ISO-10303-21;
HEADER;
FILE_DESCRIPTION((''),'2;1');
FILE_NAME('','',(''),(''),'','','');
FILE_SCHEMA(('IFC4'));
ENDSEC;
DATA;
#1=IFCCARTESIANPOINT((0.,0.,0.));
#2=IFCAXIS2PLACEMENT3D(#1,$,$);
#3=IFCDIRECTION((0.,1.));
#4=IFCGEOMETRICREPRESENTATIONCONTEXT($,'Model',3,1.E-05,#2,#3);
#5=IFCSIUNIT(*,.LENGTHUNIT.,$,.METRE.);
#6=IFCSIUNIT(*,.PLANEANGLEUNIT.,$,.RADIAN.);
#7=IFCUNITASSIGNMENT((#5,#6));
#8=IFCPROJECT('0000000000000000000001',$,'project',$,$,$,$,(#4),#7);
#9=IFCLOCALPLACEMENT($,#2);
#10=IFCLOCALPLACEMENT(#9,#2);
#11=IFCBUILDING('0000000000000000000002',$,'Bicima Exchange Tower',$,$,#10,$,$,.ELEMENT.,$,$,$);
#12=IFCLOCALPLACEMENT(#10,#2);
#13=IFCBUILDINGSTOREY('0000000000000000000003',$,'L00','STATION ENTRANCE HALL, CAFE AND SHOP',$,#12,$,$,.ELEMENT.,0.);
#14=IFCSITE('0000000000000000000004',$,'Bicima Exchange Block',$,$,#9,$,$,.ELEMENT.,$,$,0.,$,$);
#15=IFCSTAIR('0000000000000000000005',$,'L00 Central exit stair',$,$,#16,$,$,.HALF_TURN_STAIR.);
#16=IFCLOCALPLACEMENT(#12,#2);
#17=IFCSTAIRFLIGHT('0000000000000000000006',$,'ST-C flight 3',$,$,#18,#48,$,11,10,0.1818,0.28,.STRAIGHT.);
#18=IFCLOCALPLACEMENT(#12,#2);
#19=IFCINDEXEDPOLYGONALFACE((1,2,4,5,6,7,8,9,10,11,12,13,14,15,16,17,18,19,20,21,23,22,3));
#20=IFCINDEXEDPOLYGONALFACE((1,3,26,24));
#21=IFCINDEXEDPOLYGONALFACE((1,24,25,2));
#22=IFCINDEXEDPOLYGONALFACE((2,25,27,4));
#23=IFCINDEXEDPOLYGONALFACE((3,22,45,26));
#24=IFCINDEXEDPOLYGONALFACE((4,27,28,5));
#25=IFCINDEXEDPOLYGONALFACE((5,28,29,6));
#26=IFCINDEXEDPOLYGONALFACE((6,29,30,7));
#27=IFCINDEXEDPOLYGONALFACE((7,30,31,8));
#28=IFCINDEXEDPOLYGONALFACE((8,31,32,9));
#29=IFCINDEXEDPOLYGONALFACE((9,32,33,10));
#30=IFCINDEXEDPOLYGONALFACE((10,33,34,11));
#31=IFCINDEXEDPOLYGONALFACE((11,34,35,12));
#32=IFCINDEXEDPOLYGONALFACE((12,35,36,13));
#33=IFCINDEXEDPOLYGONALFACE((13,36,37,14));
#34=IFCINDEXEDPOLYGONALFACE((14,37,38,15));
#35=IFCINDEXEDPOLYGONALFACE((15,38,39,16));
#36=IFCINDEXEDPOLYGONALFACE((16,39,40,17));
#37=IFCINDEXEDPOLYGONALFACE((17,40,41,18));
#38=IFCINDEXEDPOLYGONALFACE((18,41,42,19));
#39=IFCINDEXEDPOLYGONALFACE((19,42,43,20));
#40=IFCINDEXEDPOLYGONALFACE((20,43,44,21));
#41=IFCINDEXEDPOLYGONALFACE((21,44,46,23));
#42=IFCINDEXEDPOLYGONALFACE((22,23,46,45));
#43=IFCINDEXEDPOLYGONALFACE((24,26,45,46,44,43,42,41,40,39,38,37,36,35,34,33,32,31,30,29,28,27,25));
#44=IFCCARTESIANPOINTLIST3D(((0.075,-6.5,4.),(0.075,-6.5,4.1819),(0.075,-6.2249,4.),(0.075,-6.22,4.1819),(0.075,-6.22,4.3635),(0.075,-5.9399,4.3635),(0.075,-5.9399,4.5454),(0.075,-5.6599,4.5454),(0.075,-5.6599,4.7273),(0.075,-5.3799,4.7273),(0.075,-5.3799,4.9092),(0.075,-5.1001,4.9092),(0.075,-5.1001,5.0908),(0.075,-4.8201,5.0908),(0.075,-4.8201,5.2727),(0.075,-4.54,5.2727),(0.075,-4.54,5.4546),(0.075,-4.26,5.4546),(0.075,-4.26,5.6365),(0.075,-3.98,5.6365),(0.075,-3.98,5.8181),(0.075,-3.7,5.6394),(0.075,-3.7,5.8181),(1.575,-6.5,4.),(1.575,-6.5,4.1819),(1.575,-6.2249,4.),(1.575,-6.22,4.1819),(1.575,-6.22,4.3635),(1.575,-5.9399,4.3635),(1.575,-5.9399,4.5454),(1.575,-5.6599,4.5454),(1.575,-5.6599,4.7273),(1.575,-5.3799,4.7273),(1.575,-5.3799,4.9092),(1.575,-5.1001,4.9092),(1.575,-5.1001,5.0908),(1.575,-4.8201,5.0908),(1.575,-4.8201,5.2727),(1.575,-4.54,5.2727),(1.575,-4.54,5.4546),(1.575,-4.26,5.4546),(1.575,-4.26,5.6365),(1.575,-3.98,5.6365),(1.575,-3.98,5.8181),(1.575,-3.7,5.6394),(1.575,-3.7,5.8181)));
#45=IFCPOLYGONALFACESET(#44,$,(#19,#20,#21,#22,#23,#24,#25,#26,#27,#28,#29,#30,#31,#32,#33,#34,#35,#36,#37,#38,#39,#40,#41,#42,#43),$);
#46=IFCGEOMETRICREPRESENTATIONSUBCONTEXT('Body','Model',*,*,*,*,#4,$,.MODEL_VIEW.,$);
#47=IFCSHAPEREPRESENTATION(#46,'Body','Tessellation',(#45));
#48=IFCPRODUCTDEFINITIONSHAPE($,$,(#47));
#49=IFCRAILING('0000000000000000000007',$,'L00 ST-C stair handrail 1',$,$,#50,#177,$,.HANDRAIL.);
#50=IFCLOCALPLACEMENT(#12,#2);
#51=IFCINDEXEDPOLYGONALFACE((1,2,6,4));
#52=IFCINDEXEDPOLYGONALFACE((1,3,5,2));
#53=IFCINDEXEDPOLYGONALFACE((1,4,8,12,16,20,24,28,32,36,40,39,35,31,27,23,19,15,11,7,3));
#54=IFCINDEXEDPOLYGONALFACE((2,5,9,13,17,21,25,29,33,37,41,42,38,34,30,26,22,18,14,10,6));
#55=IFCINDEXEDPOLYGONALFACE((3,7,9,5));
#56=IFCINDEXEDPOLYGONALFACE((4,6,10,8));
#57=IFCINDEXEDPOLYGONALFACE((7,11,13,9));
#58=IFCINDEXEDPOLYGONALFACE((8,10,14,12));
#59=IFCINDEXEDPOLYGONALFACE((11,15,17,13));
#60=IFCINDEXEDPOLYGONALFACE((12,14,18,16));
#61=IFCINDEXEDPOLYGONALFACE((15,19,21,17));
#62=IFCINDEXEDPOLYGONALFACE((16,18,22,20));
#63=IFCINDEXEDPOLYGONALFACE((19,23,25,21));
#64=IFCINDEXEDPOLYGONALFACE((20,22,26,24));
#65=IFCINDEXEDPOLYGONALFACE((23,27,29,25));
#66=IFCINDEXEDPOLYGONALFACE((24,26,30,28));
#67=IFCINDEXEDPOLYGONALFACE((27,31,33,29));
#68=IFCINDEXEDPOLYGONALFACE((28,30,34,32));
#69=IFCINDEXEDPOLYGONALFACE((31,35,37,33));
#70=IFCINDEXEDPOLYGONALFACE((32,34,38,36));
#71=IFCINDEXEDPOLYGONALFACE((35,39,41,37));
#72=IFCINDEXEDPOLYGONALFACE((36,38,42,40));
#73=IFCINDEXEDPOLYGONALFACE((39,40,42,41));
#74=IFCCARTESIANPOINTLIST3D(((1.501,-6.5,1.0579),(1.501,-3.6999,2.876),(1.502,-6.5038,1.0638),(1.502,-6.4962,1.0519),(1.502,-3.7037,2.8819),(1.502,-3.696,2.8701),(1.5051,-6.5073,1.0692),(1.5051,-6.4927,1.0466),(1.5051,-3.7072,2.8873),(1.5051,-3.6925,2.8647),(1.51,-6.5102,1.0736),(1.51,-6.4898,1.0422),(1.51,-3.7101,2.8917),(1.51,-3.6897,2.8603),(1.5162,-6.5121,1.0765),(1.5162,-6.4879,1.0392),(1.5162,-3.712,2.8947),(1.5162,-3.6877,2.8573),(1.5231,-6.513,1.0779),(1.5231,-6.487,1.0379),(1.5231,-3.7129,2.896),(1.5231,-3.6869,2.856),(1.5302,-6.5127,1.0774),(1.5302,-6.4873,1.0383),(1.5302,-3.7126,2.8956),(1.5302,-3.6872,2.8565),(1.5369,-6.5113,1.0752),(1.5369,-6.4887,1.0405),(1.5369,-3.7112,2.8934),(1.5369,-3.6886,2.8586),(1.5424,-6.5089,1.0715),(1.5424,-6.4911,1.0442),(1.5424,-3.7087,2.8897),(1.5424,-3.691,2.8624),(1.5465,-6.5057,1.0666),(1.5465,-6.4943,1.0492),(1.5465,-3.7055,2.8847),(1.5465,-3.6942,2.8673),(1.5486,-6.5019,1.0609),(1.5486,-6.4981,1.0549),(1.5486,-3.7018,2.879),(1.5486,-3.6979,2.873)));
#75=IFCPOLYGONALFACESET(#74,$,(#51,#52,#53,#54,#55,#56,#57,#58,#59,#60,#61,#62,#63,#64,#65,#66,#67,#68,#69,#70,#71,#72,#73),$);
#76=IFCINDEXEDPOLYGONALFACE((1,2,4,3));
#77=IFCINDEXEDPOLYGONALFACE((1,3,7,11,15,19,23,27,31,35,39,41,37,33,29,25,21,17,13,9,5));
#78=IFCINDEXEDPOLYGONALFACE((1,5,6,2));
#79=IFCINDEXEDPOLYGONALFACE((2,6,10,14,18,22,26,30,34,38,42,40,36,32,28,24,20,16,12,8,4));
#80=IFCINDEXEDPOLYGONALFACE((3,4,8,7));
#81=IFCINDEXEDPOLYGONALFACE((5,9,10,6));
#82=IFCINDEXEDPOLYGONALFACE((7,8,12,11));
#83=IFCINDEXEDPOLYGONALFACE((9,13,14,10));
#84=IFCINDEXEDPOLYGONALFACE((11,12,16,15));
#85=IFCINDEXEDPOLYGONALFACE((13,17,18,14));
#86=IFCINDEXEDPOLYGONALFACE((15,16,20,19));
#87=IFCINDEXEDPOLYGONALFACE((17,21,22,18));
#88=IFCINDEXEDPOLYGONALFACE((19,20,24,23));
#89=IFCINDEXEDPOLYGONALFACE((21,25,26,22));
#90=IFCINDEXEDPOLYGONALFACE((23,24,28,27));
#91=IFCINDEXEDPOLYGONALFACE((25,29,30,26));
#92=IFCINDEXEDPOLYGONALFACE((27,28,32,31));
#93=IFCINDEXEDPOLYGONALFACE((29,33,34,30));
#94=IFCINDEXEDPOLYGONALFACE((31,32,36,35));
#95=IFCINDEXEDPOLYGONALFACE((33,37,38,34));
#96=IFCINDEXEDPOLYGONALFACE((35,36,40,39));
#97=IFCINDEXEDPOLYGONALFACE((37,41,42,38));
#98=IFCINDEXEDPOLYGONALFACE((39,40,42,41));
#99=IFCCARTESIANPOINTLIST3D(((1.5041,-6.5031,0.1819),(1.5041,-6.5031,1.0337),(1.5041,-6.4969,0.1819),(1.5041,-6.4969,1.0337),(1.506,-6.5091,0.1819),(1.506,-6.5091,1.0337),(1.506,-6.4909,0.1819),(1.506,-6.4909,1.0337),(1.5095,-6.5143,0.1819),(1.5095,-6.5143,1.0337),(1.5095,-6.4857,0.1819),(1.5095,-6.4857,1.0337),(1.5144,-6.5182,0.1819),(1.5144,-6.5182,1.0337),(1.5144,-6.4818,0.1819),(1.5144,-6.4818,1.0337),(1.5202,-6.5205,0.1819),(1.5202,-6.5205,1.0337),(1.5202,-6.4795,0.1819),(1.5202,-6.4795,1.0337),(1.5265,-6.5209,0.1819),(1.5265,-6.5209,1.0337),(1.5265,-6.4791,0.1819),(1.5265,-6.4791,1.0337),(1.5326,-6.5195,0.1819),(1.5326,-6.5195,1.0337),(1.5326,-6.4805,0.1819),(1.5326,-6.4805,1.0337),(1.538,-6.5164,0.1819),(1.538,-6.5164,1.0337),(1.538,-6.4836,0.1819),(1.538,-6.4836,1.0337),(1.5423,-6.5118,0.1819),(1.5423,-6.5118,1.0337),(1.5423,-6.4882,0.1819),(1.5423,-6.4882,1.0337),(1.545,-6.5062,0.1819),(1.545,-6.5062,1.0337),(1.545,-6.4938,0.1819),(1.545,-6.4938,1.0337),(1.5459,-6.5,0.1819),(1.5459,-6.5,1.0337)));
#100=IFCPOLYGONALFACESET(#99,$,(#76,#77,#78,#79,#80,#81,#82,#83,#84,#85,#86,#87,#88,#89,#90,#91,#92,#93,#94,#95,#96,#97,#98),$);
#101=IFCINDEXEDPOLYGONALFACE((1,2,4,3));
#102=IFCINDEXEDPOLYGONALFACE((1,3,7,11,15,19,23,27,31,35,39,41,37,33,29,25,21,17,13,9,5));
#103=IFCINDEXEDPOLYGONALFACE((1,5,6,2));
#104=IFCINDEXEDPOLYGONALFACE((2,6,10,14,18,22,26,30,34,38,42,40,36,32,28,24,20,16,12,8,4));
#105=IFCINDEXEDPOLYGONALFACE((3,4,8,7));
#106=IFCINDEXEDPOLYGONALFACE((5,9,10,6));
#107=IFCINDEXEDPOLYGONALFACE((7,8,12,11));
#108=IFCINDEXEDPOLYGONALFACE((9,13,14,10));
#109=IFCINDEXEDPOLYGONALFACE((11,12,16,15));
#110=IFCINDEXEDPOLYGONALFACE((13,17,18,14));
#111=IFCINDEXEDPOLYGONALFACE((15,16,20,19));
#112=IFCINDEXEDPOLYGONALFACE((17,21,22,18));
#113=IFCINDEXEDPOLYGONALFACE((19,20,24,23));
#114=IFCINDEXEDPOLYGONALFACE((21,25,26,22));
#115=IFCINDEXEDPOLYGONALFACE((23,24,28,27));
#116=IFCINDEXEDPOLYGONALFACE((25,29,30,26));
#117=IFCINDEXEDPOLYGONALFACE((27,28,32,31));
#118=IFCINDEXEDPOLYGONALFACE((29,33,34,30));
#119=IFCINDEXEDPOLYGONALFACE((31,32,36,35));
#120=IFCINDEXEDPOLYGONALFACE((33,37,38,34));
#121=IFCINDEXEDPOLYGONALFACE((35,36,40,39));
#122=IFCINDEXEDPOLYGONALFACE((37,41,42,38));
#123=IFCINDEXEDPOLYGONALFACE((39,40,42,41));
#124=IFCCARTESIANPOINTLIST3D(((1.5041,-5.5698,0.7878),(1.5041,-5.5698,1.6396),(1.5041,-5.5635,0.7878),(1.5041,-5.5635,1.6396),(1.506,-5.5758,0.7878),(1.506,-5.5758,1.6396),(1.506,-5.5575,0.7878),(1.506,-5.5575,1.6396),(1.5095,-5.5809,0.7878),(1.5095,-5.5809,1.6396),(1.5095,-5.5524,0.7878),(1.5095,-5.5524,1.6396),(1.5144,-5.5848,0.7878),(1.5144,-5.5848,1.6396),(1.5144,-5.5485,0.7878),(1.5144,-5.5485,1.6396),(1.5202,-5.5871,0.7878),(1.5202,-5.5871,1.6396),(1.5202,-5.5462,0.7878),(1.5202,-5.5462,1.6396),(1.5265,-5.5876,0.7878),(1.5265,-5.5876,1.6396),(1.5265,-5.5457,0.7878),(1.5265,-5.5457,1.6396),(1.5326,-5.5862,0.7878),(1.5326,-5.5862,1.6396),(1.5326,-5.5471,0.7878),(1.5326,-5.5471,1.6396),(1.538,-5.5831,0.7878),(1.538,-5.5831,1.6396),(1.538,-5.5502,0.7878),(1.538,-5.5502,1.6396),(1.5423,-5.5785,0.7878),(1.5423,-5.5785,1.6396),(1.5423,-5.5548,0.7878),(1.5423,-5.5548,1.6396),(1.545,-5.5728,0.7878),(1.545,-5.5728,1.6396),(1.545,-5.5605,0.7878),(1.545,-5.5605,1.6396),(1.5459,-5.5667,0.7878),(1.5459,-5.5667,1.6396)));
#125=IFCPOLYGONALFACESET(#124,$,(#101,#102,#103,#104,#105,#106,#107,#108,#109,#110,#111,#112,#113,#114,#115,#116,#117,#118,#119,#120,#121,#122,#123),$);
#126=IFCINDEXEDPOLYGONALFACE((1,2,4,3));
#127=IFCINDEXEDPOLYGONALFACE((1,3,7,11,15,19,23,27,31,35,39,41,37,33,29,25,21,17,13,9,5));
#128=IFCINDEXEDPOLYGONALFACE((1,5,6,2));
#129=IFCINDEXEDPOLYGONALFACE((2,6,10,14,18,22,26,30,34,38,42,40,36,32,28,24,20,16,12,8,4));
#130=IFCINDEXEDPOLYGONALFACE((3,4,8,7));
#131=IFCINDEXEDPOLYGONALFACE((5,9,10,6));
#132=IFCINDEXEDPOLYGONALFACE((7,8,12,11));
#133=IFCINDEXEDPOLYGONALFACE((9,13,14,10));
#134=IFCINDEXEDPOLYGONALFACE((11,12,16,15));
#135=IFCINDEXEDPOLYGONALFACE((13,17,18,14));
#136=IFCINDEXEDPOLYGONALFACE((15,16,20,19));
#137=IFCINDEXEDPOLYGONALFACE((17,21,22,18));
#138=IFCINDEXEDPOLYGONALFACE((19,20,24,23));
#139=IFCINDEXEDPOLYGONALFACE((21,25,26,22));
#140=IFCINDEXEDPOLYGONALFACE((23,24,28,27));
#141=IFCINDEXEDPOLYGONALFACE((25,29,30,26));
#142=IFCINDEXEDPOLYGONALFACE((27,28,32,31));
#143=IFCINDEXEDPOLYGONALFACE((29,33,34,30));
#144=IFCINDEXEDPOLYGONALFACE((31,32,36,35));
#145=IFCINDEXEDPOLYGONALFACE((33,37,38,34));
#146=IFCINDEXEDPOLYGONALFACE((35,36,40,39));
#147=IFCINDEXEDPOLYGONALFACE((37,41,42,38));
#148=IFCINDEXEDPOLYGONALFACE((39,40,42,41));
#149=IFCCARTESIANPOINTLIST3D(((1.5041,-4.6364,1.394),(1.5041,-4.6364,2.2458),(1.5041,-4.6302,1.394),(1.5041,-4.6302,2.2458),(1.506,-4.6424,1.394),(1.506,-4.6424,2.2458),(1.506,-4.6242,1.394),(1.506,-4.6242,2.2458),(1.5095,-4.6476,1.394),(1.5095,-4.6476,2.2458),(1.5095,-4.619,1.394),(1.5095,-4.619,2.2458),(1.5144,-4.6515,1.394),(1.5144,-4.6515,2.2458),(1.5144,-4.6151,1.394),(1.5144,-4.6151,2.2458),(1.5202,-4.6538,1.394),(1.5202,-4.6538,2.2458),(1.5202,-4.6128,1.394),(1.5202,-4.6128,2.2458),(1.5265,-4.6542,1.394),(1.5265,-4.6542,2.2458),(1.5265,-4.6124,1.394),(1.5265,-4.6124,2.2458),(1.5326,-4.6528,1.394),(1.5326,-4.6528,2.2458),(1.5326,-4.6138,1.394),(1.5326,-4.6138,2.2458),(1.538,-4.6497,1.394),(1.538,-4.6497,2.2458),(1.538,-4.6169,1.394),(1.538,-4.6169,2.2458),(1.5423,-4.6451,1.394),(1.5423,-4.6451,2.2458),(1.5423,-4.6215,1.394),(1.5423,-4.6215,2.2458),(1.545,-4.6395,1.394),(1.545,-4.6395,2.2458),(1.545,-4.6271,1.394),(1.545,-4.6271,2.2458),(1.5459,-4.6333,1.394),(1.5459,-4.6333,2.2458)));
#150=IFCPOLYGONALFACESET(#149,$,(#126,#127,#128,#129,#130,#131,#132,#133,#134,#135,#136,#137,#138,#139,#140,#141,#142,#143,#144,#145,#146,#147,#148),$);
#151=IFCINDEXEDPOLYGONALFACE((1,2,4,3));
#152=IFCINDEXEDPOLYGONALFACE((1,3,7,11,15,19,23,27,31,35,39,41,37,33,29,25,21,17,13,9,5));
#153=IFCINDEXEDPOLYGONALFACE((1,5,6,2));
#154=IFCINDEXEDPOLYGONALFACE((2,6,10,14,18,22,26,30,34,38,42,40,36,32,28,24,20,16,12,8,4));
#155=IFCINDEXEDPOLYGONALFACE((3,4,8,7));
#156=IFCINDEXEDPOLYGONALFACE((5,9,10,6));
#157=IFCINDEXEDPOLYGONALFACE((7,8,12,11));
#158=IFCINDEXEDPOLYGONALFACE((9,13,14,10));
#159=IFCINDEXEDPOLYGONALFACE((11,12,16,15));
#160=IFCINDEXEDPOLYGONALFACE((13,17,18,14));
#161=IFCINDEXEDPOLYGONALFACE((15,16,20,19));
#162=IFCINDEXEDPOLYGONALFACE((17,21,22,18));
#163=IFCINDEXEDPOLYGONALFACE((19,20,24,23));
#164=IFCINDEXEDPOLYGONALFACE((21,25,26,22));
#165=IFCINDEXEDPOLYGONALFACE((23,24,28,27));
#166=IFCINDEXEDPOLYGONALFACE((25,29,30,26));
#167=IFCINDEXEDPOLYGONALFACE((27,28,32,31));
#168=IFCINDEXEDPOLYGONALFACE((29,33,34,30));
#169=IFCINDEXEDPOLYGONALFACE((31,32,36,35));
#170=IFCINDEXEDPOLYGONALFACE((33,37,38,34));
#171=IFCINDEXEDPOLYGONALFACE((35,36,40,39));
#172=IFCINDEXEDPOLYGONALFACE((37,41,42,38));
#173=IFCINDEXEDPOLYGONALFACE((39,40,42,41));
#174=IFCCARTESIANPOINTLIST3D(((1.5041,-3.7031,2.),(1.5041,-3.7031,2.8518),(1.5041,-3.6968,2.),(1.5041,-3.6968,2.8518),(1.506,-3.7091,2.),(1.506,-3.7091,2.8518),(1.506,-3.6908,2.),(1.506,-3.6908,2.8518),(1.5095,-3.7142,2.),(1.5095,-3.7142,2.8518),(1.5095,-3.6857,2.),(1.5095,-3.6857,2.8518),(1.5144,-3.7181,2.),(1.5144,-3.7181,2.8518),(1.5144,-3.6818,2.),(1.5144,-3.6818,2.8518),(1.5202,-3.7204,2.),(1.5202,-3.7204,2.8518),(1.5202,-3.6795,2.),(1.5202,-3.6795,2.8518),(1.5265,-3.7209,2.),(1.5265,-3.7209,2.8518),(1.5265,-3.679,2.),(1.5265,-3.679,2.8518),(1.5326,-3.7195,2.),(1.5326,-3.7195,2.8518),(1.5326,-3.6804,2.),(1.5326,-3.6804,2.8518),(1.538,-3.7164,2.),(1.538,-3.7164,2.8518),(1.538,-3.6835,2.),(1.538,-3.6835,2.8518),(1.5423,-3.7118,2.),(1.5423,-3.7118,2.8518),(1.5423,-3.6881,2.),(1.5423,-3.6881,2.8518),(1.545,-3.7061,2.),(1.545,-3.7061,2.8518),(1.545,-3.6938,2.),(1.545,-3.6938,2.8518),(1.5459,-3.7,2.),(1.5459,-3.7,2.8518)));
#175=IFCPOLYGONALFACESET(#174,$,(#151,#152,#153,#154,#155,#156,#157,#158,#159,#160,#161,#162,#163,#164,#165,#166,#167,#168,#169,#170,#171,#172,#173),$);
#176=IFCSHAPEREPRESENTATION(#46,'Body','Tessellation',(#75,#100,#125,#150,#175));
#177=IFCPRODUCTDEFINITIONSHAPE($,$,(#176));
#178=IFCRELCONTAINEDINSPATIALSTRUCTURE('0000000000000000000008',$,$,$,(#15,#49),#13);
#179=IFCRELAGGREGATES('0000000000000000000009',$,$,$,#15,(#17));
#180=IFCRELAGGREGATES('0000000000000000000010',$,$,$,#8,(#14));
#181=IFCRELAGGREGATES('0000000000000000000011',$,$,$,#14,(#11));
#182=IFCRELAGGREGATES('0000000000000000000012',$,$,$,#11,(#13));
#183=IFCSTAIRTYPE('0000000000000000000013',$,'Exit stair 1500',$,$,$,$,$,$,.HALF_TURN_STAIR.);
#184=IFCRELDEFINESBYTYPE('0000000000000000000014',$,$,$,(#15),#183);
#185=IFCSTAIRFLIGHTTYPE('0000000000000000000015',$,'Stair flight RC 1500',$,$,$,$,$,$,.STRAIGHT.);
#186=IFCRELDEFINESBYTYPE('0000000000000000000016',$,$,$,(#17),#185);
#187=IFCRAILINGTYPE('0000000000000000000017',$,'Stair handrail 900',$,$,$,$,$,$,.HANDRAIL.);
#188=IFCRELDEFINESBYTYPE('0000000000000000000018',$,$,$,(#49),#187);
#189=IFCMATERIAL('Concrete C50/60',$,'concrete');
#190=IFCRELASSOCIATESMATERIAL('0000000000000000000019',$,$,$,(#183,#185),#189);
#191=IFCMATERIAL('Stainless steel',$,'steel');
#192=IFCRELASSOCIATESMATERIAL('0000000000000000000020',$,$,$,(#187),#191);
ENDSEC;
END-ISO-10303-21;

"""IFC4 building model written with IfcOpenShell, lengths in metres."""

from ifc_helpers import new_model, si_unit, direction, frame, origin, origin_2d, place, context, subcontext, project, spatial, polyline, circle, outline, extrude, material, type_object, element, aggregate, save


model = new_model("IFC4")

# Units and contexts
model_context = context("Model", 3, precision=1e-05, world=origin(), true_north=direction((0.0, 1.0)))
body_context = subcontext(model_context, "Body", "Model", "MODEL_VIEW")
ifc_project = project(units=[si_unit("LENGTHUNIT", "METRE"), si_unit("PLANEANGLEUNIT", "RADIAN")], contexts=[model_context])

# Site, building, storey
site_placement = place(None, origin())
site = spatial("IfcSite", under=ifc_project, at=site_placement, Name="Bicima Exchange Block", CompositionType="ELEMENT", RefElevation=0.0)
building_placement = place(site_placement, origin())
building = spatial("IfcBuilding", under=site, at=building_placement, Name="Bicima Exchange Tower", CompositionType="ELEMENT")
storey_placement = place(building_placement, origin())
storey = spatial("IfcBuildingStorey", under=building, at=storey_placement, Name="L00", Description="STATION ENTRANCE HALL, CAFE AND SHOP", CompositionType="ELEMENT", Elevation=0.0)

# Shared definitions
ifc_material_1 = material(Name="Stainless steel", Category="steel")

# Stair, stair flight
ifc_material_2 = material(Name="Concrete C50/60", Category="concrete")
stair_type = type_object("IfcStairType", Name="Exit stair 1500", PredefinedType="HALF_TURN_STAIR", material=ifc_material_2)
stair_placement = place(storey_placement, origin())
stair = element("IfcStair", 1, at=stair_placement, inside=storey, type_object=stair_type, Name="L00 Central exit stair", PredefinedType="HALF_TURN_STAIR")
stair_flight_type = type_object("IfcStairFlightType", Name="Stair flight RC 1500", PredefinedType="STRAIGHT", material=ifc_material_2)
stair_flight_1_placement = place(storey_placement, frame((0.825, -6.5, 4.0), z_axis=(0.0, 0.0, 1.0), x_axis=(0.0, 1.0, 0.0)))
stair_flight_1 = element("IfcStairFlight", 2, at=stair_flight_1_placement, type_object=stair_flight_type, Name="ST-C flight 3", NumberOfRisers=11, NumberOfTreads=10, PredefinedType="STRAIGHT", RiserHeight=0.1818, TreadLength=0.28, context=body_context, shape_type="SweptSolid", body=[
    extrude(outline(polyline([(0.0, 0.0), (0.0, 0.1819), (0.28, 0.1819), (0.28, 0.3635), (0.5601, 0.3635), (0.5601, 0.5454), (0.8401, 0.5454), (0.8401, 0.7273), (1.1201, 0.7273), (1.1201, 0.9092), (1.3999, 0.9092), (1.3999, 1.0908), (1.6799, 1.0908), (1.6799, 1.2727), (1.96, 1.2727), (1.96, 1.4546), (2.24, 1.4546), (2.24, 1.6365), (2.52, 1.6365), (2.52, 1.8181), (2.8, 1.8181), (2.8, 2.0), (2.8, 1.6394), (0.2751, 0.0), (0.0, 0.0)])), frame((0.0, 0.75, 0.0), z_axis=(0.0, -1.0, 0.0), x_axis=(1.0, 0.0, 0.0)), (0.0, 0.0, 1.0), 1.5),
])
aggregate(stair, [stair_flight_1])

# Railing
railing_type = type_object("IfcRailingType", Name="Stair handrail 900", PredefinedType="HANDRAIL", material=ifc_material_1)
for number, where, name in (
    (3, (1.5249, -6.5, 0.1819), "L00 ST-C stair handrail 1"),
):
    element("IfcRailing", number, at=place(storey_placement, frame(where)), inside=storey, type_object=railing_type, Name=name, PredefinedType="HANDRAIL", context=body_context, shape_type="SweptSolid", body=[
        extrude(circle(Radius=0.0239, at=origin_2d()), frame((0.0, 0.0, 0.876), z_axis=(0.0, 0.838706, 0.544585), x_axis=(-1.0, 0.0, 0.0)), (0.0, 0.0, 1.0), 3.3386),
        extrude(circle(Radius=0.021, at=origin_2d()), origin(), (0.0, 0.0, 1.0), 0.8518),
        extrude(circle(Radius=0.021, at=origin_2d()), frame((0.0, 0.9333, 0.606)), (0.0, 0.0, 1.0), 0.8518),
        extrude(circle(Radius=0.021, at=origin_2d()), frame((0.0, 1.8667, 1.2122)), (0.0, 0.0, 1.0), 0.8518),
        extrude(circle(Radius=0.021, at=origin_2d()), frame((0.0, 2.8, 1.8181)), (0.0, 0.0, 1.0), 0.8518),
    ])

save(model, "model.ifc")
